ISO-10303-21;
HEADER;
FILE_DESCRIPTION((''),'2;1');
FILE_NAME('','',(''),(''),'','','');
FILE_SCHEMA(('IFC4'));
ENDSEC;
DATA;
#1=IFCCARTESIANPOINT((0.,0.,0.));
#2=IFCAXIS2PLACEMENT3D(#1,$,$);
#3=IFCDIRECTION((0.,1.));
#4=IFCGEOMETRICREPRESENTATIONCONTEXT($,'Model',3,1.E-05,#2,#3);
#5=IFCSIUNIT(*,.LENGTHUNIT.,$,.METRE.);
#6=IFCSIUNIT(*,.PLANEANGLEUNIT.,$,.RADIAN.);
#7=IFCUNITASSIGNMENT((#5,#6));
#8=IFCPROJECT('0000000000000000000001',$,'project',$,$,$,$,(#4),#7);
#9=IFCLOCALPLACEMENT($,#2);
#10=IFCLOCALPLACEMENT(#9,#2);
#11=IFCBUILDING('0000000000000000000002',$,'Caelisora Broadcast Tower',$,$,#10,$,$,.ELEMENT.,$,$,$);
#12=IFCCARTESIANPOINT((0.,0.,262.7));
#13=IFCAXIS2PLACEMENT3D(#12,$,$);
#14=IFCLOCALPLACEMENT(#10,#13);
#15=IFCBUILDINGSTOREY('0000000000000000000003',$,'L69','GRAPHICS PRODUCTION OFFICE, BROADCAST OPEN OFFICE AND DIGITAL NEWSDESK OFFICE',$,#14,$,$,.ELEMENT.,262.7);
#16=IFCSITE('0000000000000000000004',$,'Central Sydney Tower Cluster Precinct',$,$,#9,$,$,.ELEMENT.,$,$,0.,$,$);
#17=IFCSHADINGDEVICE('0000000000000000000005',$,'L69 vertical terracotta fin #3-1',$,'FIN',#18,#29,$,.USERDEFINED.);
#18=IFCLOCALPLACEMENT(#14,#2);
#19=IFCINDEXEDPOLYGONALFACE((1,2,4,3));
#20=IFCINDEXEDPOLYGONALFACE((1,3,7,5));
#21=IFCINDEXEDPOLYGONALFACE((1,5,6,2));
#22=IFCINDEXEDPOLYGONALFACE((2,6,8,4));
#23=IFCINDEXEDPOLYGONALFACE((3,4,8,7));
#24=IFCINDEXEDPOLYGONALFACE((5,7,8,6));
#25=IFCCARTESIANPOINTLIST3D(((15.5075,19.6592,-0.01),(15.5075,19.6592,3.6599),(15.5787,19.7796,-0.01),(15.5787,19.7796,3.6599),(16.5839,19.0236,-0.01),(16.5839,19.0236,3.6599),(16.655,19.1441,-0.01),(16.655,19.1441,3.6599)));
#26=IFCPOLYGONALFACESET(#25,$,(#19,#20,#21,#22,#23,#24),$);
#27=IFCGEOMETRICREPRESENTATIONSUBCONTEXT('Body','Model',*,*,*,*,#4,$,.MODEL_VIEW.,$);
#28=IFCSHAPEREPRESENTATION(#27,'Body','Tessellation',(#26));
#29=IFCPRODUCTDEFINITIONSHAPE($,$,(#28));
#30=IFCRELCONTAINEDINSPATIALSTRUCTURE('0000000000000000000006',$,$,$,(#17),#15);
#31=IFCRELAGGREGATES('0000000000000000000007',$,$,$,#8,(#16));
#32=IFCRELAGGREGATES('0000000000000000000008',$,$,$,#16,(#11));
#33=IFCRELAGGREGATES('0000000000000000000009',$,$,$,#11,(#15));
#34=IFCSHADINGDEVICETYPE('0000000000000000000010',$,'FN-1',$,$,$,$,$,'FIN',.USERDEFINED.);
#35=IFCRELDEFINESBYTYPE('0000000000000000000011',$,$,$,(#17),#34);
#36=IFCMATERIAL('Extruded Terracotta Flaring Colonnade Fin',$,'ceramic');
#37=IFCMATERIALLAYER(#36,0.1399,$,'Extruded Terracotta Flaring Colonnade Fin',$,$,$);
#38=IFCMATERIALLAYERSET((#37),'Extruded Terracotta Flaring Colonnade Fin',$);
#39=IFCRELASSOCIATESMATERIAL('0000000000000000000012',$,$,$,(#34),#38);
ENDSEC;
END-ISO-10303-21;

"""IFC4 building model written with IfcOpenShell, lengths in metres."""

from ifc_helpers import new_model, si_unit, direction, frame, origin, origin_2d, place, context, subcontext, project, spatial, rectangle, extrude, source, transform, mapped, material, layer, layer_set, type_object, type_shapes, element, save


model = new_model("IFC4")

# Units and contexts
model_context = context("Model", 3, precision=1e-05, world=origin(), true_north=direction((0.0, 1.0)))
body_context = subcontext(model_context, "Body", "Model", "MODEL_VIEW")
ifc_project = project(units=[si_unit("LENGTHUNIT", "METRE"), si_unit("PLANEANGLEUNIT", "RADIAN")], contexts=[model_context])

# Site, building, storey
site_placement = place(None, origin())
site = spatial("IfcSite", under=ifc_project, at=site_placement, Name="Central Sydney Tower Cluster Precinct", CompositionType="ELEMENT", RefElevation=0.0)
building_placement = place(site_placement, origin())
building = spatial("IfcBuilding", under=site, at=building_placement, Name="Caelisora Broadcast Tower", CompositionType="ELEMENT")
storey_placement = place(building_placement, frame((0.0, 0.0, 262.7)))
storey = spatial("IfcBuildingStorey", under=building, at=storey_placement, Name="L69", Description="GRAPHICS PRODUCTION OFFICE, BROADCAST OPEN OFFICE AND DIGITAL NEWSDESK OFFICE", CompositionType="ELEMENT", Elevation=262.7)

# Shading device
ifc_material_1 = material(Name="Extruded Terracotta Flaring Colonnade Fin", Category="ceramic")
ifc_layer_1 = layer(ifc_material_1, 0.1399, Name="Extruded Terracotta Flaring Colonnade Fin")
ifc_layer_set_1 = layer_set([ifc_layer_1], Name="Extruded Terracotta Flaring Colonnade Fin")
shading_device_type = type_object("IfcShadingDeviceType", Name="FN-1", ElementType="FIN", PredefinedType="USERDEFINED", material=ifc_layer_set_1)
shared_shape_1 = source(origin(), body_context, "Body", "SweptSolid", [
    extrude(rectangle(XDim=0.1399, YDim=1.25, at=origin_2d()), origin(), (0.0, 0.0, 1.0), 3.6699),
])
type_shapes(shading_device_type, [shared_shape_1])
shading_device_placement = place(storey_placement, frame((16.0813, 19.4016, -0.01), z_axis=(0.0, 0.0, 1.0), x_axis=(0.50844, 0.861097, 0.0)))
element("IfcShadingDevice", 1, at=shading_device_placement, inside=storey, type_object=shading_device_type, Name="L69 vertical terracotta fin #3-1", ObjectType="FIN", PredefinedType="USERDEFINED", context=body_context, shape_type="MappedRepresentation", body=[
    mapped(shared_shape_1, transform((0.0, 0.0, 0.0), scale=1.0)),
])

save(model, "model.ifc")
